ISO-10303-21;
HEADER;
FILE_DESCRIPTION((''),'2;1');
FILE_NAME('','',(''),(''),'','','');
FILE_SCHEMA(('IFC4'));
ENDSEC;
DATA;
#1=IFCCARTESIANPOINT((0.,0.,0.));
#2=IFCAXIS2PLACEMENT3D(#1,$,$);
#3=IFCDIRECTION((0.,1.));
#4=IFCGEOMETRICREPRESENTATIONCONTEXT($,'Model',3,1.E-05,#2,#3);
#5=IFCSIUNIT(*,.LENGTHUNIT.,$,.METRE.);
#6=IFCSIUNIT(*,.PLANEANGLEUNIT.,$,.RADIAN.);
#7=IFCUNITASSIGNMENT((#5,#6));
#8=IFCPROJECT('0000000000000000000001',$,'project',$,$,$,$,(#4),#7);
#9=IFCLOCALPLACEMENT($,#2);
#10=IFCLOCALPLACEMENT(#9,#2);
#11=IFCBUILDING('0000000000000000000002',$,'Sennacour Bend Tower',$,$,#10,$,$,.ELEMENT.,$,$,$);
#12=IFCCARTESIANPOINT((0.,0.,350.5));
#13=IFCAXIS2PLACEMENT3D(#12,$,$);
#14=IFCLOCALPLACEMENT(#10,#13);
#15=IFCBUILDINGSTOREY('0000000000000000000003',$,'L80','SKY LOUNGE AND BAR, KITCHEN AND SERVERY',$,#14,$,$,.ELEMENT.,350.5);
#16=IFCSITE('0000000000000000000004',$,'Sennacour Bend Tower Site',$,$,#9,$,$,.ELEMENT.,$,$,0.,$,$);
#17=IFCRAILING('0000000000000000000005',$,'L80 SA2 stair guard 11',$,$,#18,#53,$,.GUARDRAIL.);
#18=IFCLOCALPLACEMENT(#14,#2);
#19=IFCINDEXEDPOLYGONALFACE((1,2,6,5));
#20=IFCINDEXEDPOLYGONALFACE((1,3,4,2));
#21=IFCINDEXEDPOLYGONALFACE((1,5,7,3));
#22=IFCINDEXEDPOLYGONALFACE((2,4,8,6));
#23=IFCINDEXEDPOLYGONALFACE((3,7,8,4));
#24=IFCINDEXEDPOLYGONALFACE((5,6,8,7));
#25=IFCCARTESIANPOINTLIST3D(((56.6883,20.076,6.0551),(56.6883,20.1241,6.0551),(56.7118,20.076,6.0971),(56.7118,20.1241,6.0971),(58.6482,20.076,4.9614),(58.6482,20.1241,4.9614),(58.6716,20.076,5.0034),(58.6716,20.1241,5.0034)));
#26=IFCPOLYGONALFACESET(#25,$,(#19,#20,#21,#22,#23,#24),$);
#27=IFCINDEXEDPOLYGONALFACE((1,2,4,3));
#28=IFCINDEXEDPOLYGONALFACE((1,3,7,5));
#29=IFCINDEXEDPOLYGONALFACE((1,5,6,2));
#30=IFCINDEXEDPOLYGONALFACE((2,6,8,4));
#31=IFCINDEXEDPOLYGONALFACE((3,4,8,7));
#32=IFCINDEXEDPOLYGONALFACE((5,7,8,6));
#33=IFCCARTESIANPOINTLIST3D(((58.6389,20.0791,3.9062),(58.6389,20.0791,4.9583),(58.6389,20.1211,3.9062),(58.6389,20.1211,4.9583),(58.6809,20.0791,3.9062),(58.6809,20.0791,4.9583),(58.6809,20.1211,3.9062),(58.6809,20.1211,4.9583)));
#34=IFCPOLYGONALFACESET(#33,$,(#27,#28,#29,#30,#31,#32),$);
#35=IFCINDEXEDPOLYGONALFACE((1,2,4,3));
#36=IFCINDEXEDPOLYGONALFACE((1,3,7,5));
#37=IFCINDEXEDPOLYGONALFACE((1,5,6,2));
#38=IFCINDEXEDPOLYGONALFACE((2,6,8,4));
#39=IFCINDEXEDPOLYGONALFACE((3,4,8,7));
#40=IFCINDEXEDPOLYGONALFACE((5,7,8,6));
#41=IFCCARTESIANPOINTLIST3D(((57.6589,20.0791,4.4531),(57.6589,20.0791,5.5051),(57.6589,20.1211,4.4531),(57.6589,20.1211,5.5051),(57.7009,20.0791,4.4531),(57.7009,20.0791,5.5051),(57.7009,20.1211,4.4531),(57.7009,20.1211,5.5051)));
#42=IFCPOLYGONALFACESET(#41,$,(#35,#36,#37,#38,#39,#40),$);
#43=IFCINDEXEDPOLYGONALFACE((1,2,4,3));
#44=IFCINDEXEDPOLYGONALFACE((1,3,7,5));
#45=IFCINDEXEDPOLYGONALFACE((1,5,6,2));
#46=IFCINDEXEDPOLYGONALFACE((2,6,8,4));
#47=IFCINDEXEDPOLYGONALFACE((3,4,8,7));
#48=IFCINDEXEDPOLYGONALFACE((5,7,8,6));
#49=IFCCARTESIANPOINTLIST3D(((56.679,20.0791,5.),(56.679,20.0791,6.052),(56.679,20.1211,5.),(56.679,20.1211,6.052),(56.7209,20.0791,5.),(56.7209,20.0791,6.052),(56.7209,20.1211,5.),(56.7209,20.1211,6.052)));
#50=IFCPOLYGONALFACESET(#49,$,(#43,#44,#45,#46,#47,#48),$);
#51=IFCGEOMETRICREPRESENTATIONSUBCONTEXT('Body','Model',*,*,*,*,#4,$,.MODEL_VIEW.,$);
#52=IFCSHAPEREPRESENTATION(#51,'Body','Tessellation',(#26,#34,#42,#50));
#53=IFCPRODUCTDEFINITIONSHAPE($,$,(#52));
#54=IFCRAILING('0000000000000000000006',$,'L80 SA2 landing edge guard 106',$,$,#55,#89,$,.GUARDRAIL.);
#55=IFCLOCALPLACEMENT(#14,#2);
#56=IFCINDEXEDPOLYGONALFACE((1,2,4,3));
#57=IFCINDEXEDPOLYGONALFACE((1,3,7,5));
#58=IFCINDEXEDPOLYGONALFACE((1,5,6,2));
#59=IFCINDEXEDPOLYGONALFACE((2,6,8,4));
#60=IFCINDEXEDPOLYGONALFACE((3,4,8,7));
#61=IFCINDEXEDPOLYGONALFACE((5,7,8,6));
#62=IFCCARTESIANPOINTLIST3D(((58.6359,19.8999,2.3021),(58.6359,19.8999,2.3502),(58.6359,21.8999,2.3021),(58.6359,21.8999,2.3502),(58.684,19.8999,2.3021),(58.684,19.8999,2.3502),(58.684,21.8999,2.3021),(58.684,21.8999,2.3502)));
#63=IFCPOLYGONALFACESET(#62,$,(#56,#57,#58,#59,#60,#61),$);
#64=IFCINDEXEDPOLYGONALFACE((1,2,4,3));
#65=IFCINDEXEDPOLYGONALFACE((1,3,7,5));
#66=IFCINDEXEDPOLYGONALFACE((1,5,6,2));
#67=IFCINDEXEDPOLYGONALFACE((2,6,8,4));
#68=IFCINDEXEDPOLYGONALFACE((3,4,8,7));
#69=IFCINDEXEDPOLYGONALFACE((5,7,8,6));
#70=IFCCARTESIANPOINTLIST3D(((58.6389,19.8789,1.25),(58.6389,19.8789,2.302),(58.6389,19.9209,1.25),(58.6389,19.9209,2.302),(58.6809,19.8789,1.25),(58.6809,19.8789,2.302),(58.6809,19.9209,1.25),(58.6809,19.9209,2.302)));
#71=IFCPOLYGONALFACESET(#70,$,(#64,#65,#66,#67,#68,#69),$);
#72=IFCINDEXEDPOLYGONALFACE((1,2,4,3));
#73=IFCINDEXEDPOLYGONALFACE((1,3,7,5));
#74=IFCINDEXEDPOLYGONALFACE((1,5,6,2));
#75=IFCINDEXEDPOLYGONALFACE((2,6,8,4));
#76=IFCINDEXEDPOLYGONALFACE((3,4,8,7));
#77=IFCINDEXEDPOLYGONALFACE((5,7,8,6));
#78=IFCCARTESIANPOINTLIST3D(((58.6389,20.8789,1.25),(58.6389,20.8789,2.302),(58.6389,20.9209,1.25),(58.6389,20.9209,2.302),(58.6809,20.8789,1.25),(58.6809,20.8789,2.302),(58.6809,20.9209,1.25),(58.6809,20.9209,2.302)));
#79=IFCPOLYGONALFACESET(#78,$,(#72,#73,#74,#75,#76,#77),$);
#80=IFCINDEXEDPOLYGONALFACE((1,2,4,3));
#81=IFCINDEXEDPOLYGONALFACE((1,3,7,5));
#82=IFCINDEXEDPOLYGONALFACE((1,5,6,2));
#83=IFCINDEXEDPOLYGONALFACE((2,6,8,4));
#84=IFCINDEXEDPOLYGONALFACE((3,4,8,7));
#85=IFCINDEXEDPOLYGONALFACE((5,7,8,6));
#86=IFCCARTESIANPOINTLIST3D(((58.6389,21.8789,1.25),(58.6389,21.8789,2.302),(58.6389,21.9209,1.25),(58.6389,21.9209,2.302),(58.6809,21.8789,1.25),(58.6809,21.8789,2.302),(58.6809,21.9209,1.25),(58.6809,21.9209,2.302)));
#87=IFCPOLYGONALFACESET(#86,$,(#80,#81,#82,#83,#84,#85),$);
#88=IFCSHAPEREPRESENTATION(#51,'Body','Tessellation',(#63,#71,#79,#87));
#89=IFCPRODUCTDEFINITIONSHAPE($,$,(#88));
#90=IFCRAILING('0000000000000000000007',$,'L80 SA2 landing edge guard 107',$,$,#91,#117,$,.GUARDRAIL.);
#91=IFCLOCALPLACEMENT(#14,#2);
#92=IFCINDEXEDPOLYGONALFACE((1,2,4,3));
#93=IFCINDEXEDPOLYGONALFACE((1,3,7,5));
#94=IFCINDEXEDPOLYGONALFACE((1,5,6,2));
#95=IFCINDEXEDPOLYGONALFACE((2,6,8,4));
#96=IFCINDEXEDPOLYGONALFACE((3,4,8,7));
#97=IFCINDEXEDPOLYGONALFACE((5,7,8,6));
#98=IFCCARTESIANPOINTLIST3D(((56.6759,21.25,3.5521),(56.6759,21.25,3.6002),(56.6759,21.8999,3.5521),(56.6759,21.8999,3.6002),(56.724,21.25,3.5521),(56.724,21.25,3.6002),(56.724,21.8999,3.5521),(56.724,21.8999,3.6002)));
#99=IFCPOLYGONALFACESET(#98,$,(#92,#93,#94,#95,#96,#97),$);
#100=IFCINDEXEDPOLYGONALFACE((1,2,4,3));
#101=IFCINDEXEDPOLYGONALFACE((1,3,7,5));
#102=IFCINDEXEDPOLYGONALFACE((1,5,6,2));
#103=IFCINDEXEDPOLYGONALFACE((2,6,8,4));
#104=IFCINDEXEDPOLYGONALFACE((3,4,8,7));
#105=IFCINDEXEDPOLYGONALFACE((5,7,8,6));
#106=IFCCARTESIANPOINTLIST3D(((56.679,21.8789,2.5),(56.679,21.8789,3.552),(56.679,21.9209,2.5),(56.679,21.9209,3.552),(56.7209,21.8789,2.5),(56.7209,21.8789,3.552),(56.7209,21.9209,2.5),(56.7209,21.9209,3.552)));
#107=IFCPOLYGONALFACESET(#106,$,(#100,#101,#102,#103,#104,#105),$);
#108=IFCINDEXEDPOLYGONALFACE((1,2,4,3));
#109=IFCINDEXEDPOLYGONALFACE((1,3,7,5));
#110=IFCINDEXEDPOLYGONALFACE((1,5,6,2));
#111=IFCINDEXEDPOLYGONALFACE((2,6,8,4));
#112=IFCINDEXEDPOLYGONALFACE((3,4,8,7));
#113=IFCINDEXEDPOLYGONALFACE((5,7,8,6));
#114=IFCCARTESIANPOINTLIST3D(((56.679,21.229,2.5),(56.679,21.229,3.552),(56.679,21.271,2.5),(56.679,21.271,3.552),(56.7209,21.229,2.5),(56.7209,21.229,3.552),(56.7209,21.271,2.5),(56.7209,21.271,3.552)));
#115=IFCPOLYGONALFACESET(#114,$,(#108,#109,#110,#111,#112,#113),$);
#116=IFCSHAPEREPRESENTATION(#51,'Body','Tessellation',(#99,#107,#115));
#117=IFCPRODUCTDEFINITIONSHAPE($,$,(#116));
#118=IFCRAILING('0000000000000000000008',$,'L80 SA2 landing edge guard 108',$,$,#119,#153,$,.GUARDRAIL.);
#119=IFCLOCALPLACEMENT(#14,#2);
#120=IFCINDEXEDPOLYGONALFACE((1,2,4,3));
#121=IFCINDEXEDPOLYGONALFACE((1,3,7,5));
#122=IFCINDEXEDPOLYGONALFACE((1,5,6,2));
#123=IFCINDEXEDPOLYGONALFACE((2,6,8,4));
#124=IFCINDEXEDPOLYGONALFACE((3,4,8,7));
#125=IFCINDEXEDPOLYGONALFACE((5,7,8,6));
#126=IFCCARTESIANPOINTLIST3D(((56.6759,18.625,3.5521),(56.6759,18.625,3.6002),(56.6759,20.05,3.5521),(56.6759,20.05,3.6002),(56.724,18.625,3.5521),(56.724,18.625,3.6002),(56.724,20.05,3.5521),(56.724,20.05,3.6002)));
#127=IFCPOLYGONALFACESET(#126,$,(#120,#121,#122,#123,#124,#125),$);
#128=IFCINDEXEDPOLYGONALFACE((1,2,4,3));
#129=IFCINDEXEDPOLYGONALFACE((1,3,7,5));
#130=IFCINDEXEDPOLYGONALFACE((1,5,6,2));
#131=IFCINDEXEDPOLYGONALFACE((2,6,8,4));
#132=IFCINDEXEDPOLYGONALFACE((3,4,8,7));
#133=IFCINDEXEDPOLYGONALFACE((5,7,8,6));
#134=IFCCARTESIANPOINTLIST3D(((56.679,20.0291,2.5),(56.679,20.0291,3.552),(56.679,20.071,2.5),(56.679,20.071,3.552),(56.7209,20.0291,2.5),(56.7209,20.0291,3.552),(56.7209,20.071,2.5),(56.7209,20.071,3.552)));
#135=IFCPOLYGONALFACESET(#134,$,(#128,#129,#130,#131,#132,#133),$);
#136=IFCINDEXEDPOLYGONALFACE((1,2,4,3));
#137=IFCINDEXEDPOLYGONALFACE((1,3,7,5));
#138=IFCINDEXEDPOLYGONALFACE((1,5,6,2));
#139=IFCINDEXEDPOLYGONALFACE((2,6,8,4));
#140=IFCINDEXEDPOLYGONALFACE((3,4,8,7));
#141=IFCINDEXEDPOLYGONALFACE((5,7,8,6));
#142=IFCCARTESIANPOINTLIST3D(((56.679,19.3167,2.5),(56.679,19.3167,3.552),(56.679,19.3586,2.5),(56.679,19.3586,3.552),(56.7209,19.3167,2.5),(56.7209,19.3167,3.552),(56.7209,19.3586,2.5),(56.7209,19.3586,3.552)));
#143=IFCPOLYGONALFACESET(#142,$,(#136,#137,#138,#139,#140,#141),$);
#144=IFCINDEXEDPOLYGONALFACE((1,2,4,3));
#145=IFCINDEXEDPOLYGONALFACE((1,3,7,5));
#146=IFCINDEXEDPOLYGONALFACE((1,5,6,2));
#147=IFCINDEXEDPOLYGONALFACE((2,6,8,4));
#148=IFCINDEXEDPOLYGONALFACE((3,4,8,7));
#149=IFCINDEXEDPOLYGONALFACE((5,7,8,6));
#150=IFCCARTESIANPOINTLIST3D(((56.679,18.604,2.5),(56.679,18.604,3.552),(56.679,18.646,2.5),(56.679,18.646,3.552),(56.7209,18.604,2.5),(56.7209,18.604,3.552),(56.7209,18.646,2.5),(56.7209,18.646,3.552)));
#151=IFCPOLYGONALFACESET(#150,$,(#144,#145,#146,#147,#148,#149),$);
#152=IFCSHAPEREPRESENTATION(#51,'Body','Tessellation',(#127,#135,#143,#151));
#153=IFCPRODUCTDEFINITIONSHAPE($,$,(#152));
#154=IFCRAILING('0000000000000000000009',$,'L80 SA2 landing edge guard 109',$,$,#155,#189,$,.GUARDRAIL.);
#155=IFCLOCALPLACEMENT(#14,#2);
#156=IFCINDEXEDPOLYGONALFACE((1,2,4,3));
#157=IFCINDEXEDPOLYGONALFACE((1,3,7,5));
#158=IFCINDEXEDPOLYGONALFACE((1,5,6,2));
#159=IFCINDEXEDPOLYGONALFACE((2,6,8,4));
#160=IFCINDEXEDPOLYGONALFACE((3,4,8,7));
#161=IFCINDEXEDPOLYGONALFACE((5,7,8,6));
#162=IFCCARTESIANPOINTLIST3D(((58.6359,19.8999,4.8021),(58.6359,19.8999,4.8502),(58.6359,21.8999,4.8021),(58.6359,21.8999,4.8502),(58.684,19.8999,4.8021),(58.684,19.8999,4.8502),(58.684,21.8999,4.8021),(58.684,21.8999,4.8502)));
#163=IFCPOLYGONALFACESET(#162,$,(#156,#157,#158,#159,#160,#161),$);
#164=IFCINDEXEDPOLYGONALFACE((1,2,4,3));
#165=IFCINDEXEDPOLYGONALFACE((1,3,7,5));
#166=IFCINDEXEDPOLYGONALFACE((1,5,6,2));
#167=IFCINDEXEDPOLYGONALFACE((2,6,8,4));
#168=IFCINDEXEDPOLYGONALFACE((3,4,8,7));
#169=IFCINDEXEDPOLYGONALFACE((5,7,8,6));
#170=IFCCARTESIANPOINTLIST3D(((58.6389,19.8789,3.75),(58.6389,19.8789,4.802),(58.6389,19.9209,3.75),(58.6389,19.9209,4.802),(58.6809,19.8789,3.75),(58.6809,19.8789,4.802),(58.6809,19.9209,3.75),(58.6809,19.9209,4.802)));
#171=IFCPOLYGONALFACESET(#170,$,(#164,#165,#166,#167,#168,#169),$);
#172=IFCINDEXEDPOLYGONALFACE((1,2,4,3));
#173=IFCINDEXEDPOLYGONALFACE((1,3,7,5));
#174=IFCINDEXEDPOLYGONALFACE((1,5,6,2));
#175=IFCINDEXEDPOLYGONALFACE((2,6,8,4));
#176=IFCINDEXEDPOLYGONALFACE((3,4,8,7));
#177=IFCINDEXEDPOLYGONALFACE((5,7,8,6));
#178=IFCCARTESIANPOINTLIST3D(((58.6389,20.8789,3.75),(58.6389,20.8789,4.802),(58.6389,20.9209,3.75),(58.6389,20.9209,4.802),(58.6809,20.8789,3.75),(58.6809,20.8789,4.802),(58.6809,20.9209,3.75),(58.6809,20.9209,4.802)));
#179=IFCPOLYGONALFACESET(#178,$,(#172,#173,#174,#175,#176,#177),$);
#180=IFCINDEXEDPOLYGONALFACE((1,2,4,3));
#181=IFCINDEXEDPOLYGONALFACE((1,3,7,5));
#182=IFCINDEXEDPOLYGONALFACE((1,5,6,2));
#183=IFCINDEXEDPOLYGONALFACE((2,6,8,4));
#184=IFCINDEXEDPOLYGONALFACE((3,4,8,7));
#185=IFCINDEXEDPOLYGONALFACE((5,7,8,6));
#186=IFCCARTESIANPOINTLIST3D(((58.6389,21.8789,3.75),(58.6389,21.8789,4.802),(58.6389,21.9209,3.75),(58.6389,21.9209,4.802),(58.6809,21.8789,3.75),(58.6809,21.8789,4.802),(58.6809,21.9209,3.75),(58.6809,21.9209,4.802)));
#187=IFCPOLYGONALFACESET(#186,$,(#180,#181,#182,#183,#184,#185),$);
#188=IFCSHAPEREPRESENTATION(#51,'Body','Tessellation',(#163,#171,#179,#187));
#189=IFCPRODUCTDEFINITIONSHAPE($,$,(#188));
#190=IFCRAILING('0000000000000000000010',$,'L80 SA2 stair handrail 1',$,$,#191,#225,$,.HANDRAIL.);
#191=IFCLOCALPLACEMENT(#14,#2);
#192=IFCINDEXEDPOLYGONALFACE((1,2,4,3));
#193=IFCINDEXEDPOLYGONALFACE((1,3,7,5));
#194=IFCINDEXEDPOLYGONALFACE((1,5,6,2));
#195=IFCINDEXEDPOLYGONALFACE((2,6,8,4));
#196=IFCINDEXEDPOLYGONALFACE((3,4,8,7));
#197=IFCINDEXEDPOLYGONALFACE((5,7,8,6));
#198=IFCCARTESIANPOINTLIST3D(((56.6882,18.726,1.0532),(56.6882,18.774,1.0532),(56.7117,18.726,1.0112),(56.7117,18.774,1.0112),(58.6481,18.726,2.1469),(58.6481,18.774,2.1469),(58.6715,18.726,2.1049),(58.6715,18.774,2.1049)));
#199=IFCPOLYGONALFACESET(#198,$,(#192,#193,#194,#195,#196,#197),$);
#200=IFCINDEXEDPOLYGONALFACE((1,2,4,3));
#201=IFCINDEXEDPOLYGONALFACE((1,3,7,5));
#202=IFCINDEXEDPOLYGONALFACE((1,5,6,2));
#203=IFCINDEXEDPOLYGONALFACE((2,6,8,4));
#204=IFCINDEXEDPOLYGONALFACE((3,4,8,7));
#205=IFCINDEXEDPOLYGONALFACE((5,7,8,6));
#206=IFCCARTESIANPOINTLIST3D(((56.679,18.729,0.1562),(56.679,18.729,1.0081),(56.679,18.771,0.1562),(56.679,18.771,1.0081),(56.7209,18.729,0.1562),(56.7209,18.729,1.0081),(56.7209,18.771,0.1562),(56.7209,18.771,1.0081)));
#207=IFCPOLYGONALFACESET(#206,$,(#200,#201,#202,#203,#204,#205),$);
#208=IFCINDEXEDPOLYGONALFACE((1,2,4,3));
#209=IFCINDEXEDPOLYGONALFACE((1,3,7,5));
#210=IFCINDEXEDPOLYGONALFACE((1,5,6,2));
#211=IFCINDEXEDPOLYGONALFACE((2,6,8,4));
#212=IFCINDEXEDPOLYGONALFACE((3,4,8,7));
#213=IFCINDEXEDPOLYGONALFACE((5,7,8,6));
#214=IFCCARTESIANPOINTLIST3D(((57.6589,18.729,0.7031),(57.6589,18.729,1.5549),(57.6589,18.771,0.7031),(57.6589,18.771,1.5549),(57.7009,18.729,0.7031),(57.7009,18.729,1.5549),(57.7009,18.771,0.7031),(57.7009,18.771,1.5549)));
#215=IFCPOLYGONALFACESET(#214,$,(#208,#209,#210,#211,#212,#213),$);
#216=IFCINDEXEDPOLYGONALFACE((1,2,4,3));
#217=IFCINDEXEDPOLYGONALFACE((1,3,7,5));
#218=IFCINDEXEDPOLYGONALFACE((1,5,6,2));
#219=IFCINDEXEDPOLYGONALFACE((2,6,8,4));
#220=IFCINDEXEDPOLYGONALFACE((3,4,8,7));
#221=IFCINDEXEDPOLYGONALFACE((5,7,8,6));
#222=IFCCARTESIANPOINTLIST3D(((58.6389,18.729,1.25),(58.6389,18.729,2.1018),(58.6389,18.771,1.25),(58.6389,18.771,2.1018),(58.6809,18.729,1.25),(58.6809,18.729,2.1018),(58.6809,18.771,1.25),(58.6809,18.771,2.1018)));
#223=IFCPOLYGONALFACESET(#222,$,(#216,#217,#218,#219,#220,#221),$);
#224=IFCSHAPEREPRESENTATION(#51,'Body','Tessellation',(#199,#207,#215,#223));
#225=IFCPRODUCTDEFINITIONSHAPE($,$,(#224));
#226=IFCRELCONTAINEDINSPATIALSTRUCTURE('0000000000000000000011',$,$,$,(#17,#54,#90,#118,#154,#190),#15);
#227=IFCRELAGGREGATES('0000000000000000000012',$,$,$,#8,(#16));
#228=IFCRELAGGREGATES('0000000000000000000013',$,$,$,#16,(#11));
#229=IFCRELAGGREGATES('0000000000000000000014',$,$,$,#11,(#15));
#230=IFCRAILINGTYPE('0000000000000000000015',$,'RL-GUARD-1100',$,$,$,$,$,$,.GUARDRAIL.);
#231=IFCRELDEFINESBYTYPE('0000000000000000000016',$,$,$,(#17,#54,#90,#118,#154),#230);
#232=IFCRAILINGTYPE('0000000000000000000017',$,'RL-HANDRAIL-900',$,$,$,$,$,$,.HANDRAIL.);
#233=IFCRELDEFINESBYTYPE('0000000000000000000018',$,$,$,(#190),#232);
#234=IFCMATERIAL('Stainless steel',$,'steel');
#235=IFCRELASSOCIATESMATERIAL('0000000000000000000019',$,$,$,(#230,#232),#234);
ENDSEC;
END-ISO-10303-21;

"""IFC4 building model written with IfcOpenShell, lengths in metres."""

from ifc_helpers import new_model, si_unit, direction, frame, origin, origin_2d, place, context, subcontext, project, spatial, rectangle, extrude, material, type_object, element, save


model = new_model("IFC4")

# Units and contexts
model_context = context("Model", 3, precision=1e-05, world=origin(), true_north=direction((0.0, 1.0)))
body_context = subcontext(model_context, "Body", "Model", "MODEL_VIEW")
ifc_project = project(units=[si_unit("LENGTHUNIT", "METRE"), si_unit("PLANEANGLEUNIT", "RADIAN")], contexts=[model_context])

# Site, building, storey
site_placement = place(None, origin())
site = spatial("IfcSite", under=ifc_project, at=site_placement, Name="Sennacour Bend Tower Site", CompositionType="ELEMENT", RefElevation=0.0)
building_placement = place(site_placement, origin())
building = spatial("IfcBuilding", under=site, at=building_placement, Name="Sennacour Bend Tower", CompositionType="ELEMENT")
storey_placement = place(building_placement, frame((0.0, 0.0, 350.5)))
storey = spatial("IfcBuildingStorey", under=building, at=storey_placement, Name="L80", Description="SKY LOUNGE AND BAR, KITCHEN AND SERVERY", CompositionType="ELEMENT", Elevation=350.5)

# Shared definitions
ifc_material_1 = material(Name="Stainless steel", Category="steel")

# Railings
railing_type_1 = type_object("IfcRailingType", Name="RL-GUARD-1100", PredefinedType="GUARDRAIL", material=ifc_material_1)
railing_1_placement = place(storey_placement, frame((58.6599, 20.1001, 3.9062)))
element("IfcRailing", 1, at=railing_1_placement, inside=storey, type_object=railing_type_1, Name="L80 SA2 stair guard 11", PredefinedType="GUARDRAIL", context=body_context, shape_type="SweptSolid", body=[
    extrude(rectangle(XDim=0.0481, YDim=0.0481, at=origin_2d()), frame((0.0, 0.0, 1.0762), z_axis=(-0.873232, 0.0, 0.487304), x_axis=(0.0, -1.0, 0.0)), (0.0, 0.0, 1.0), 2.2444),
    extrude(rectangle(XDim=0.042, YDim=0.042, at=origin_2d()), origin(), (0.0, 0.0, 1.0), 1.052),
    extrude(rectangle(XDim=0.042, YDim=0.042, at=origin_2d()), frame((-0.98, 0.0, 0.5469)), (0.0, 0.0, 1.0), 1.052),
    extrude(rectangle(XDim=0.042, YDim=0.042, at=origin_2d()), frame((-1.96, 0.0, 1.0938)), (0.0, 0.0, 1.0), 1.052),
])
railing_2_placement = place(storey_placement, frame((58.6599, 19.8999, 1.25)))
element("IfcRailing", 2, at=railing_2_placement, inside=storey, type_object=railing_type_1, Name="L80 SA2 landing edge guard 106", PredefinedType="GUARDRAIL", context=body_context, shape_type="SweptSolid", body=[
    extrude(rectangle(XDim=0.0481, YDim=0.0481, at=origin_2d()), frame((0.0, 0.0, 1.0762), z_axis=(0.0, 1.0, 0.0), x_axis=(-1.0, 0.0, 0.0)), (0.0, 0.0, 1.0), 2.0),
    extrude(rectangle(XDim=0.042, YDim=0.042, at=origin_2d()), origin(), (0.0, 0.0, 1.0), 1.052),
    extrude(rectangle(XDim=0.042, YDim=0.042, at=origin_2d()), frame((0.0, 1.0, 0.0)), (0.0, 0.0, 1.0), 1.052),
    extrude(rectangle(XDim=0.042, YDim=0.042, at=origin_2d()), frame((0.0, 2.0, 0.0)), (0.0, 0.0, 1.0), 1.052),
])
railing_3_placement = place(storey_placement, frame((56.7, 21.8999, 2.5)))
element("IfcRailing", 3, at=railing_3_placement, inside=storey, type_object=railing_type_1, Name="L80 SA2 landing edge guard 107", PredefinedType="GUARDRAIL", context=body_context, shape_type="SweptSolid", body=[
    extrude(rectangle(XDim=0.0481, YDim=0.0481, at=origin_2d()), frame((0.0, 0.0, 1.0762), z_axis=(0.0, -1.0, 0.0), x_axis=(1.0, 0.0, 0.0)), (0.0, 0.0, 1.0), 0.6499),
    extrude(rectangle(XDim=0.042, YDim=0.042, at=origin_2d()), origin(), (0.0, 0.0, 1.0), 1.052),
    extrude(rectangle(XDim=0.042, YDim=0.042, at=origin_2d()), frame((0.0, -0.6499, 0.0)), (0.0, 0.0, 1.0), 1.052),
])
railing_4_placement = place(storey_placement, frame((56.7, 20.05, 2.5)))
element("IfcRailing", 4, at=railing_4_placement, inside=storey, type_object=railing_type_1, Name="L80 SA2 landing edge guard 108", PredefinedType="GUARDRAIL", context=body_context, shape_type="SweptSolid", body=[
    extrude(rectangle(XDim=0.0481, YDim=0.0481, at=origin_2d()), frame((0.0, 0.0, 1.0762), z_axis=(0.0, -1.0, 0.0), x_axis=(1.0, 0.0, 0.0)), (0.0, 0.0, 1.0), 1.425),
    extrude(rectangle(XDim=0.042, YDim=0.042, at=origin_2d()), origin(), (0.0, 0.0, 1.0), 1.052),
    extrude(rectangle(XDim=0.042, YDim=0.042, at=origin_2d()), frame((0.0, -0.7124, 0.0)), (0.0, 0.0, 1.0), 1.052),
    extrude(rectangle(XDim=0.042, YDim=0.042, at=origin_2d()), frame((0.0, -1.425, 0.0)), (0.0, 0.0, 1.0), 1.052),
])
railing_5_placement = place(storey_placement, frame((58.6599, 19.8999, 3.75)))
element("IfcRailing", 5, at=railing_5_placement, inside=storey, type_object=railing_type_1, Name="L80 SA2 landing edge guard 109", PredefinedType="GUARDRAIL", context=body_context, shape_type="SweptSolid", body=[
    extrude(rectangle(XDim=0.0481, YDim=0.0481, at=origin_2d()), frame((0.0, 0.0, 1.0762), z_axis=(0.0, 1.0, 0.0), x_axis=(-1.0, 0.0, 0.0)), (0.0, 0.0, 1.0), 2.0),
    extrude(rectangle(XDim=0.042, YDim=0.042, at=origin_2d()), origin(), (0.0, 0.0, 1.0), 1.052),
    extrude(rectangle(XDim=0.042, YDim=0.042, at=origin_2d()), frame((0.0, 1.0, 0.0)), (0.0, 0.0, 1.0), 1.052),
    extrude(rectangle(XDim=0.042, YDim=0.042, at=origin_2d()), frame((0.0, 2.0, 0.0)), (0.0, 0.0, 1.0), 1.052),
])
railing_type_2 = type_object("IfcRailingType", Name="RL-HANDRAIL-900", PredefinedType="HANDRAIL", material=ifc_material_1)
railing_6_placement = place(storey_placement, frame((56.7, 18.75, 0.1562)))
element("IfcRailing", 6, at=railing_6_placement, inside=storey, type_object=railing_type_2, Name="L80 SA2 stair handrail 1", PredefinedType="HANDRAIL", context=body_context, shape_type="SweptSolid", body=[
    extrude(rectangle(XDim=0.0481, YDim=0.0481, at=origin_2d()), frame((0.0, 0.0, 0.876), z_axis=(0.873232, 0.0, 0.487304), x_axis=(0.0, 1.0, 0.0)), (0.0, 0.0, 1.0), 2.2444),
    extrude(rectangle(XDim=0.042, YDim=0.042, at=origin_2d()), origin(), (0.0, 0.0, 1.0), 0.8518),
    extrude(rectangle(XDim=0.042, YDim=0.042, at=origin_2d()), frame((0.98, 0.0, 0.5469)), (0.0, 0.0, 1.0), 0.8518),
    extrude(rectangle(XDim=0.042, YDim=0.042, at=origin_2d()), frame((1.96, 0.0, 1.0938)), (0.0, 0.0, 1.0), 0.8518),
])

save(model, "model.ifc")
